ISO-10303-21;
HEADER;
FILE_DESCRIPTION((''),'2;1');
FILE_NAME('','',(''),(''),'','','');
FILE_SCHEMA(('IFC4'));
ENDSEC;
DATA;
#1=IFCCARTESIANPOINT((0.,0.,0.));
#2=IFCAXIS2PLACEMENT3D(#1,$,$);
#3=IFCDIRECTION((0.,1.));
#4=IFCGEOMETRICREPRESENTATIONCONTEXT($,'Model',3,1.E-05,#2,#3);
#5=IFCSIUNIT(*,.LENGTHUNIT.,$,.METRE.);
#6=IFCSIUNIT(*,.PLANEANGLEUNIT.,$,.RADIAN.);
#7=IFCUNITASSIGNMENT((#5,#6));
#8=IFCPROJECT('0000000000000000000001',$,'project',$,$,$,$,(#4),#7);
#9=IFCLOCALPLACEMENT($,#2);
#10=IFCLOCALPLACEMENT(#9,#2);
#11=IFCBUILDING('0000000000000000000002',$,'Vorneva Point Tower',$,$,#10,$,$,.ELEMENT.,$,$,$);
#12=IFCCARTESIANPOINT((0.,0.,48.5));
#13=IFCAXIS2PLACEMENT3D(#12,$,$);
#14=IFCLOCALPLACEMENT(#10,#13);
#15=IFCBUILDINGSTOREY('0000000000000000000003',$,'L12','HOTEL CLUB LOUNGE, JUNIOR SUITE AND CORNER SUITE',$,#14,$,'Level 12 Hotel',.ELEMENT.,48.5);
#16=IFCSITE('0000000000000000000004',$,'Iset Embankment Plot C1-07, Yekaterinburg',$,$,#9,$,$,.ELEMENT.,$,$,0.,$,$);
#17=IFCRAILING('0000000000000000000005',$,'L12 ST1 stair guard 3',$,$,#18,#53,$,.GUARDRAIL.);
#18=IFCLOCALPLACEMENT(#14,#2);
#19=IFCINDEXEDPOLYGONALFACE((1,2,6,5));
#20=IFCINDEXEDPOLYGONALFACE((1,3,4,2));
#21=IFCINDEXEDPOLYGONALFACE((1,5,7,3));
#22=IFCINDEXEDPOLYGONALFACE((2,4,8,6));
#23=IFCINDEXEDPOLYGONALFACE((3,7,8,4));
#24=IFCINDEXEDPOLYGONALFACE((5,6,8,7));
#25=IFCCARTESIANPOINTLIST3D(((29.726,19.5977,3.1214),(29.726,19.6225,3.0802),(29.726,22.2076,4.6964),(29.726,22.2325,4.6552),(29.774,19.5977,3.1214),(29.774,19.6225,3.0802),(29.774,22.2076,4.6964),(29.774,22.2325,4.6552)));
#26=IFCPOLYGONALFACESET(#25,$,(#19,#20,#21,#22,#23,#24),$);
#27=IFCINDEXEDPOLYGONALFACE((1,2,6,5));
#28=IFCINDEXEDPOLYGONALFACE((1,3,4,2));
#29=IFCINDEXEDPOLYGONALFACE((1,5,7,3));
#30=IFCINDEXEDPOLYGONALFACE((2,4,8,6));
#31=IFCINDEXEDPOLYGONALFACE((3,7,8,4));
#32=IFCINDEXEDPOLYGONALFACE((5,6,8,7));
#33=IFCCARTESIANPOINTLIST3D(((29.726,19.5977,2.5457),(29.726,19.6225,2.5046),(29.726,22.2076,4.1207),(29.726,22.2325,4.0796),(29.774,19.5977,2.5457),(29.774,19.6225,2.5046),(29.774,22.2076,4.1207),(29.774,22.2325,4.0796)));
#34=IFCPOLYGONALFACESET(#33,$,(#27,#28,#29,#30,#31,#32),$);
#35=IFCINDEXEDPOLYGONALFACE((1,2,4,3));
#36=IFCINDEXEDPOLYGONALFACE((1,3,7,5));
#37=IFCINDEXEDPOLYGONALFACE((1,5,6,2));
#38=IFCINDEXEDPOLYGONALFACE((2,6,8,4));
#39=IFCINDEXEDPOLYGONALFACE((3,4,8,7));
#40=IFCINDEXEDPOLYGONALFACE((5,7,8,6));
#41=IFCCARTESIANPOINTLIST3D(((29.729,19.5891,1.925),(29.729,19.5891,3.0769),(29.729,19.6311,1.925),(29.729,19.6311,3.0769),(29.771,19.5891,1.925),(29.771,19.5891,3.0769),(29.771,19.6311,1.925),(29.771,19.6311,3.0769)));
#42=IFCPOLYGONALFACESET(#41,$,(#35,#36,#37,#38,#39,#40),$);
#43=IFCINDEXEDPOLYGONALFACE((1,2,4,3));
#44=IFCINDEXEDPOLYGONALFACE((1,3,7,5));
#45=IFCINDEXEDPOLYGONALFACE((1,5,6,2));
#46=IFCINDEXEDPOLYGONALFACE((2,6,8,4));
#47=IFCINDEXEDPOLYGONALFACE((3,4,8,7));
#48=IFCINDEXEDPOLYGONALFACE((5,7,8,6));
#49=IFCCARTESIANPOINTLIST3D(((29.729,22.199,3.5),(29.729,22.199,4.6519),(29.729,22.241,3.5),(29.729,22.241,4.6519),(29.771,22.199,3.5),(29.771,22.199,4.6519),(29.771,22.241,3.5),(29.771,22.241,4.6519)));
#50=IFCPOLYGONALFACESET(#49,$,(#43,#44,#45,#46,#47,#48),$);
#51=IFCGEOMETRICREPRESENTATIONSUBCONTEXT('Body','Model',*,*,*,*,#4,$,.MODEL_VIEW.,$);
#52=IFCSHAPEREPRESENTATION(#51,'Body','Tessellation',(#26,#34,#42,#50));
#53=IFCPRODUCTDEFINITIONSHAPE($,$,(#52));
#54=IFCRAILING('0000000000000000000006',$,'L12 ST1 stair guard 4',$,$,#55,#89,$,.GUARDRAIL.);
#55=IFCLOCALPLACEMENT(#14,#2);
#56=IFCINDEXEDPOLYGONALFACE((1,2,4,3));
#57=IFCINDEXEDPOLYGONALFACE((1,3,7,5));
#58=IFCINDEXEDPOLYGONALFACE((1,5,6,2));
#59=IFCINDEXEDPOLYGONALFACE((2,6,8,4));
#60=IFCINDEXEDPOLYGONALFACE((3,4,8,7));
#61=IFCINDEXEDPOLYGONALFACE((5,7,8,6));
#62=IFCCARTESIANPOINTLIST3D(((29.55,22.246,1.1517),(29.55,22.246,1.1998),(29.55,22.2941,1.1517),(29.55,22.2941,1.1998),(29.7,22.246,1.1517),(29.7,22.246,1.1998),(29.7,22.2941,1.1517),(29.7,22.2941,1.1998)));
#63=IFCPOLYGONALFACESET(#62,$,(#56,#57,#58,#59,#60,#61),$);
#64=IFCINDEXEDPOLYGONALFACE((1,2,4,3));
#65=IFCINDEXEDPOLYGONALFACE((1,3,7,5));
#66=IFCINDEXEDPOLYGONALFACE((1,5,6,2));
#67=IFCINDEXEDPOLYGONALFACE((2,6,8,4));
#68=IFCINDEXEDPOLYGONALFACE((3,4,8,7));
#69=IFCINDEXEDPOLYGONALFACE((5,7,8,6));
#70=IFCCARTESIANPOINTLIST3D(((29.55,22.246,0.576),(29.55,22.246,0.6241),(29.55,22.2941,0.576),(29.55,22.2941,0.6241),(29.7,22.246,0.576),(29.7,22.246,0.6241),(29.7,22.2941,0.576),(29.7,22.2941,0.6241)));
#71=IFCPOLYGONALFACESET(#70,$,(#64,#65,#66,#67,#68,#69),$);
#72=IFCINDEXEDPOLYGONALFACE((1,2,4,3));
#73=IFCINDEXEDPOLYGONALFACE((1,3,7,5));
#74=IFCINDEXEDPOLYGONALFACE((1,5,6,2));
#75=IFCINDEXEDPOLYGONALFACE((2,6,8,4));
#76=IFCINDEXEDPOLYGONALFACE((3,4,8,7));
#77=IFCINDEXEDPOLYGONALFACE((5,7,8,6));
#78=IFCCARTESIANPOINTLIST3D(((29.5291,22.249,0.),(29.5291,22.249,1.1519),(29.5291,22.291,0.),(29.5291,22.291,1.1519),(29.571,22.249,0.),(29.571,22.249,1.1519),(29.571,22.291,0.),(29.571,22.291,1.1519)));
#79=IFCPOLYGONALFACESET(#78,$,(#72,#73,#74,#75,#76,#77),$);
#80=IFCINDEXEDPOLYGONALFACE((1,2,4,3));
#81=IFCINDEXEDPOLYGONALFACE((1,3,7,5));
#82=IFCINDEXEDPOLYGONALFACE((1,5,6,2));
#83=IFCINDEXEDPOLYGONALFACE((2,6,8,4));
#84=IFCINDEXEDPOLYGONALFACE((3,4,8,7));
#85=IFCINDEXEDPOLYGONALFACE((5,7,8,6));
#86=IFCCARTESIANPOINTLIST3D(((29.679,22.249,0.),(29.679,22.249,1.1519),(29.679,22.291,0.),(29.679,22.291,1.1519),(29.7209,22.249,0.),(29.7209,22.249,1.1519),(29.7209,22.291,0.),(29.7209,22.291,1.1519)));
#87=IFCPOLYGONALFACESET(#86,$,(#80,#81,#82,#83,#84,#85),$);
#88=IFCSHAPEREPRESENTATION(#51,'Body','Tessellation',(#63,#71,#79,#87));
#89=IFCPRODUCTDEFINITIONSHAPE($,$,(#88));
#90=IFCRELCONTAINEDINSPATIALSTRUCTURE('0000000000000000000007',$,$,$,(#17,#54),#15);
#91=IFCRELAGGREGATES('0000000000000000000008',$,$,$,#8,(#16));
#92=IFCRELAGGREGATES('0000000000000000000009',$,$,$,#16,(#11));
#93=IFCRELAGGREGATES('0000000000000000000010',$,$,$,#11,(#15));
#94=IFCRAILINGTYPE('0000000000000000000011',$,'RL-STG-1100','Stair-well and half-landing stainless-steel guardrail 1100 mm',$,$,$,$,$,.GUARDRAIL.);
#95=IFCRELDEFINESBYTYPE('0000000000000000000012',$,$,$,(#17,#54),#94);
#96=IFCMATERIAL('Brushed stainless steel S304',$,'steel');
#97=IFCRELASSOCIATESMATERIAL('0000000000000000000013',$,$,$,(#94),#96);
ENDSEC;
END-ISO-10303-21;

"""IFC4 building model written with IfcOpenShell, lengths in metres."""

from ifc_helpers import new_model, si_unit, direction, frame, origin, origin_2d, place, context, subcontext, project, spatial, rectangle, extrude, material, type_object, element, save


model = new_model("IFC4")

# Units and contexts
model_context = context("Model", 3, precision=1e-05, world=origin(), true_north=direction((0.0, 1.0)))
body_context = subcontext(model_context, "Body", "Model", "MODEL_VIEW")
ifc_project = project(units=[si_unit("LENGTHUNIT", "METRE"), si_unit("PLANEANGLEUNIT", "RADIAN")], contexts=[model_context])

# Site, building, storey
site_placement = place(None, origin())
site = spatial("IfcSite", under=ifc_project, at=site_placement, Name="Iset Embankment Plot C1-07, Yekaterinburg", CompositionType="ELEMENT", RefElevation=0.0)
building_placement = place(site_placement, origin())
building = spatial("IfcBuilding", under=site, at=building_placement, Name="Vorneva Point Tower", CompositionType="ELEMENT")
storey_placement = place(building_placement, frame((0.0, 0.0, 48.5)))
storey = spatial("IfcBuildingStorey", under=building, at=storey_placement, Name="L12", Description="HOTEL CLUB LOUNGE, JUNIOR SUITE AND CORNER SUITE", LongName="Level 12 Hotel", CompositionType="ELEMENT", Elevation=48.5)

# Railings
ifc_material_1 = material(Name="Brushed stainless steel S304", Category="steel")
railing_type_1 = type_object("IfcRailingType", Name="RL-STG-1100", Description="Stair-well and half-landing stainless-steel guardrail 1100 mm", PredefinedType="GUARDRAIL", material=ifc_material_1)
railing_1_placement = place(storey_placement, frame((29.75, 19.6101, 1.925)))
element("IfcRailing", 1, at=railing_1_placement, inside=storey, type_object=railing_type_1, Name="L12 ST1 stair guard 3", PredefinedType="GUARDRAIL", context=body_context, shape_type="SweptSolid", body=[
    extrude(rectangle(XDim=0.0481, YDim=0.0481, at=origin_2d()), frame((0.0, 0.0, 1.1758), z_axis=(0.0, 0.856183, 0.516673), x_axis=(-1.0, 0.0, 0.0)), (0.0, 0.0, 1.0), 3.0483),
    extrude(rectangle(XDim=0.0481, YDim=0.0481, at=origin_2d()), frame((0.0, 0.0, 0.6001), z_axis=(0.0, 0.856183, 0.516673), x_axis=(-1.0, 0.0, 0.0)), (0.0, 0.0, 1.0), 3.0483),
    extrude(rectangle(XDim=0.042, YDim=0.042, at=origin_2d()), origin(), (0.0, 0.0, 1.0), 1.1519),
    extrude(rectangle(XDim=0.042, YDim=0.042, at=origin_2d()), frame((0.0, 2.6099, 1.575)), (0.0, 0.0, 1.0), 1.1519),
])
railing_2_placement = place(storey_placement, frame((29.55, 22.27, 0.0)))
element("IfcRailing", 2, at=railing_2_placement, inside=storey, type_object=railing_type_1, Name="L12 ST1 stair guard 4", PredefinedType="GUARDRAIL", context=body_context, shape_type="SweptSolid", body=[
    extrude(rectangle(XDim=0.0481, YDim=0.0481, at=origin_2d()), frame((0.0, 0.0, 1.1758), z_axis=(1.0, 0.0, 0.0), x_axis=(0.0, 1.0, 0.0)), (0.0, 0.0, 1.0), 0.1499),
    extrude(rectangle(XDim=0.0481, YDim=0.0481, at=origin_2d()), frame((0.0, 0.0, 0.6001), z_axis=(1.0, 0.0, 0.0), x_axis=(0.0, 1.0, 0.0)), (0.0, 0.0, 1.0), 0.1499),
    extrude(rectangle(XDim=0.042, YDim=0.042, at=origin_2d()), origin(), (0.0, 0.0, 1.0), 1.1519),
    extrude(rectangle(XDim=0.042, YDim=0.042, at=origin_2d()), frame((0.1499, 0.0, 0.0)), (0.0, 0.0, 1.0), 1.1519),
])

save(model, "model.ifc")
